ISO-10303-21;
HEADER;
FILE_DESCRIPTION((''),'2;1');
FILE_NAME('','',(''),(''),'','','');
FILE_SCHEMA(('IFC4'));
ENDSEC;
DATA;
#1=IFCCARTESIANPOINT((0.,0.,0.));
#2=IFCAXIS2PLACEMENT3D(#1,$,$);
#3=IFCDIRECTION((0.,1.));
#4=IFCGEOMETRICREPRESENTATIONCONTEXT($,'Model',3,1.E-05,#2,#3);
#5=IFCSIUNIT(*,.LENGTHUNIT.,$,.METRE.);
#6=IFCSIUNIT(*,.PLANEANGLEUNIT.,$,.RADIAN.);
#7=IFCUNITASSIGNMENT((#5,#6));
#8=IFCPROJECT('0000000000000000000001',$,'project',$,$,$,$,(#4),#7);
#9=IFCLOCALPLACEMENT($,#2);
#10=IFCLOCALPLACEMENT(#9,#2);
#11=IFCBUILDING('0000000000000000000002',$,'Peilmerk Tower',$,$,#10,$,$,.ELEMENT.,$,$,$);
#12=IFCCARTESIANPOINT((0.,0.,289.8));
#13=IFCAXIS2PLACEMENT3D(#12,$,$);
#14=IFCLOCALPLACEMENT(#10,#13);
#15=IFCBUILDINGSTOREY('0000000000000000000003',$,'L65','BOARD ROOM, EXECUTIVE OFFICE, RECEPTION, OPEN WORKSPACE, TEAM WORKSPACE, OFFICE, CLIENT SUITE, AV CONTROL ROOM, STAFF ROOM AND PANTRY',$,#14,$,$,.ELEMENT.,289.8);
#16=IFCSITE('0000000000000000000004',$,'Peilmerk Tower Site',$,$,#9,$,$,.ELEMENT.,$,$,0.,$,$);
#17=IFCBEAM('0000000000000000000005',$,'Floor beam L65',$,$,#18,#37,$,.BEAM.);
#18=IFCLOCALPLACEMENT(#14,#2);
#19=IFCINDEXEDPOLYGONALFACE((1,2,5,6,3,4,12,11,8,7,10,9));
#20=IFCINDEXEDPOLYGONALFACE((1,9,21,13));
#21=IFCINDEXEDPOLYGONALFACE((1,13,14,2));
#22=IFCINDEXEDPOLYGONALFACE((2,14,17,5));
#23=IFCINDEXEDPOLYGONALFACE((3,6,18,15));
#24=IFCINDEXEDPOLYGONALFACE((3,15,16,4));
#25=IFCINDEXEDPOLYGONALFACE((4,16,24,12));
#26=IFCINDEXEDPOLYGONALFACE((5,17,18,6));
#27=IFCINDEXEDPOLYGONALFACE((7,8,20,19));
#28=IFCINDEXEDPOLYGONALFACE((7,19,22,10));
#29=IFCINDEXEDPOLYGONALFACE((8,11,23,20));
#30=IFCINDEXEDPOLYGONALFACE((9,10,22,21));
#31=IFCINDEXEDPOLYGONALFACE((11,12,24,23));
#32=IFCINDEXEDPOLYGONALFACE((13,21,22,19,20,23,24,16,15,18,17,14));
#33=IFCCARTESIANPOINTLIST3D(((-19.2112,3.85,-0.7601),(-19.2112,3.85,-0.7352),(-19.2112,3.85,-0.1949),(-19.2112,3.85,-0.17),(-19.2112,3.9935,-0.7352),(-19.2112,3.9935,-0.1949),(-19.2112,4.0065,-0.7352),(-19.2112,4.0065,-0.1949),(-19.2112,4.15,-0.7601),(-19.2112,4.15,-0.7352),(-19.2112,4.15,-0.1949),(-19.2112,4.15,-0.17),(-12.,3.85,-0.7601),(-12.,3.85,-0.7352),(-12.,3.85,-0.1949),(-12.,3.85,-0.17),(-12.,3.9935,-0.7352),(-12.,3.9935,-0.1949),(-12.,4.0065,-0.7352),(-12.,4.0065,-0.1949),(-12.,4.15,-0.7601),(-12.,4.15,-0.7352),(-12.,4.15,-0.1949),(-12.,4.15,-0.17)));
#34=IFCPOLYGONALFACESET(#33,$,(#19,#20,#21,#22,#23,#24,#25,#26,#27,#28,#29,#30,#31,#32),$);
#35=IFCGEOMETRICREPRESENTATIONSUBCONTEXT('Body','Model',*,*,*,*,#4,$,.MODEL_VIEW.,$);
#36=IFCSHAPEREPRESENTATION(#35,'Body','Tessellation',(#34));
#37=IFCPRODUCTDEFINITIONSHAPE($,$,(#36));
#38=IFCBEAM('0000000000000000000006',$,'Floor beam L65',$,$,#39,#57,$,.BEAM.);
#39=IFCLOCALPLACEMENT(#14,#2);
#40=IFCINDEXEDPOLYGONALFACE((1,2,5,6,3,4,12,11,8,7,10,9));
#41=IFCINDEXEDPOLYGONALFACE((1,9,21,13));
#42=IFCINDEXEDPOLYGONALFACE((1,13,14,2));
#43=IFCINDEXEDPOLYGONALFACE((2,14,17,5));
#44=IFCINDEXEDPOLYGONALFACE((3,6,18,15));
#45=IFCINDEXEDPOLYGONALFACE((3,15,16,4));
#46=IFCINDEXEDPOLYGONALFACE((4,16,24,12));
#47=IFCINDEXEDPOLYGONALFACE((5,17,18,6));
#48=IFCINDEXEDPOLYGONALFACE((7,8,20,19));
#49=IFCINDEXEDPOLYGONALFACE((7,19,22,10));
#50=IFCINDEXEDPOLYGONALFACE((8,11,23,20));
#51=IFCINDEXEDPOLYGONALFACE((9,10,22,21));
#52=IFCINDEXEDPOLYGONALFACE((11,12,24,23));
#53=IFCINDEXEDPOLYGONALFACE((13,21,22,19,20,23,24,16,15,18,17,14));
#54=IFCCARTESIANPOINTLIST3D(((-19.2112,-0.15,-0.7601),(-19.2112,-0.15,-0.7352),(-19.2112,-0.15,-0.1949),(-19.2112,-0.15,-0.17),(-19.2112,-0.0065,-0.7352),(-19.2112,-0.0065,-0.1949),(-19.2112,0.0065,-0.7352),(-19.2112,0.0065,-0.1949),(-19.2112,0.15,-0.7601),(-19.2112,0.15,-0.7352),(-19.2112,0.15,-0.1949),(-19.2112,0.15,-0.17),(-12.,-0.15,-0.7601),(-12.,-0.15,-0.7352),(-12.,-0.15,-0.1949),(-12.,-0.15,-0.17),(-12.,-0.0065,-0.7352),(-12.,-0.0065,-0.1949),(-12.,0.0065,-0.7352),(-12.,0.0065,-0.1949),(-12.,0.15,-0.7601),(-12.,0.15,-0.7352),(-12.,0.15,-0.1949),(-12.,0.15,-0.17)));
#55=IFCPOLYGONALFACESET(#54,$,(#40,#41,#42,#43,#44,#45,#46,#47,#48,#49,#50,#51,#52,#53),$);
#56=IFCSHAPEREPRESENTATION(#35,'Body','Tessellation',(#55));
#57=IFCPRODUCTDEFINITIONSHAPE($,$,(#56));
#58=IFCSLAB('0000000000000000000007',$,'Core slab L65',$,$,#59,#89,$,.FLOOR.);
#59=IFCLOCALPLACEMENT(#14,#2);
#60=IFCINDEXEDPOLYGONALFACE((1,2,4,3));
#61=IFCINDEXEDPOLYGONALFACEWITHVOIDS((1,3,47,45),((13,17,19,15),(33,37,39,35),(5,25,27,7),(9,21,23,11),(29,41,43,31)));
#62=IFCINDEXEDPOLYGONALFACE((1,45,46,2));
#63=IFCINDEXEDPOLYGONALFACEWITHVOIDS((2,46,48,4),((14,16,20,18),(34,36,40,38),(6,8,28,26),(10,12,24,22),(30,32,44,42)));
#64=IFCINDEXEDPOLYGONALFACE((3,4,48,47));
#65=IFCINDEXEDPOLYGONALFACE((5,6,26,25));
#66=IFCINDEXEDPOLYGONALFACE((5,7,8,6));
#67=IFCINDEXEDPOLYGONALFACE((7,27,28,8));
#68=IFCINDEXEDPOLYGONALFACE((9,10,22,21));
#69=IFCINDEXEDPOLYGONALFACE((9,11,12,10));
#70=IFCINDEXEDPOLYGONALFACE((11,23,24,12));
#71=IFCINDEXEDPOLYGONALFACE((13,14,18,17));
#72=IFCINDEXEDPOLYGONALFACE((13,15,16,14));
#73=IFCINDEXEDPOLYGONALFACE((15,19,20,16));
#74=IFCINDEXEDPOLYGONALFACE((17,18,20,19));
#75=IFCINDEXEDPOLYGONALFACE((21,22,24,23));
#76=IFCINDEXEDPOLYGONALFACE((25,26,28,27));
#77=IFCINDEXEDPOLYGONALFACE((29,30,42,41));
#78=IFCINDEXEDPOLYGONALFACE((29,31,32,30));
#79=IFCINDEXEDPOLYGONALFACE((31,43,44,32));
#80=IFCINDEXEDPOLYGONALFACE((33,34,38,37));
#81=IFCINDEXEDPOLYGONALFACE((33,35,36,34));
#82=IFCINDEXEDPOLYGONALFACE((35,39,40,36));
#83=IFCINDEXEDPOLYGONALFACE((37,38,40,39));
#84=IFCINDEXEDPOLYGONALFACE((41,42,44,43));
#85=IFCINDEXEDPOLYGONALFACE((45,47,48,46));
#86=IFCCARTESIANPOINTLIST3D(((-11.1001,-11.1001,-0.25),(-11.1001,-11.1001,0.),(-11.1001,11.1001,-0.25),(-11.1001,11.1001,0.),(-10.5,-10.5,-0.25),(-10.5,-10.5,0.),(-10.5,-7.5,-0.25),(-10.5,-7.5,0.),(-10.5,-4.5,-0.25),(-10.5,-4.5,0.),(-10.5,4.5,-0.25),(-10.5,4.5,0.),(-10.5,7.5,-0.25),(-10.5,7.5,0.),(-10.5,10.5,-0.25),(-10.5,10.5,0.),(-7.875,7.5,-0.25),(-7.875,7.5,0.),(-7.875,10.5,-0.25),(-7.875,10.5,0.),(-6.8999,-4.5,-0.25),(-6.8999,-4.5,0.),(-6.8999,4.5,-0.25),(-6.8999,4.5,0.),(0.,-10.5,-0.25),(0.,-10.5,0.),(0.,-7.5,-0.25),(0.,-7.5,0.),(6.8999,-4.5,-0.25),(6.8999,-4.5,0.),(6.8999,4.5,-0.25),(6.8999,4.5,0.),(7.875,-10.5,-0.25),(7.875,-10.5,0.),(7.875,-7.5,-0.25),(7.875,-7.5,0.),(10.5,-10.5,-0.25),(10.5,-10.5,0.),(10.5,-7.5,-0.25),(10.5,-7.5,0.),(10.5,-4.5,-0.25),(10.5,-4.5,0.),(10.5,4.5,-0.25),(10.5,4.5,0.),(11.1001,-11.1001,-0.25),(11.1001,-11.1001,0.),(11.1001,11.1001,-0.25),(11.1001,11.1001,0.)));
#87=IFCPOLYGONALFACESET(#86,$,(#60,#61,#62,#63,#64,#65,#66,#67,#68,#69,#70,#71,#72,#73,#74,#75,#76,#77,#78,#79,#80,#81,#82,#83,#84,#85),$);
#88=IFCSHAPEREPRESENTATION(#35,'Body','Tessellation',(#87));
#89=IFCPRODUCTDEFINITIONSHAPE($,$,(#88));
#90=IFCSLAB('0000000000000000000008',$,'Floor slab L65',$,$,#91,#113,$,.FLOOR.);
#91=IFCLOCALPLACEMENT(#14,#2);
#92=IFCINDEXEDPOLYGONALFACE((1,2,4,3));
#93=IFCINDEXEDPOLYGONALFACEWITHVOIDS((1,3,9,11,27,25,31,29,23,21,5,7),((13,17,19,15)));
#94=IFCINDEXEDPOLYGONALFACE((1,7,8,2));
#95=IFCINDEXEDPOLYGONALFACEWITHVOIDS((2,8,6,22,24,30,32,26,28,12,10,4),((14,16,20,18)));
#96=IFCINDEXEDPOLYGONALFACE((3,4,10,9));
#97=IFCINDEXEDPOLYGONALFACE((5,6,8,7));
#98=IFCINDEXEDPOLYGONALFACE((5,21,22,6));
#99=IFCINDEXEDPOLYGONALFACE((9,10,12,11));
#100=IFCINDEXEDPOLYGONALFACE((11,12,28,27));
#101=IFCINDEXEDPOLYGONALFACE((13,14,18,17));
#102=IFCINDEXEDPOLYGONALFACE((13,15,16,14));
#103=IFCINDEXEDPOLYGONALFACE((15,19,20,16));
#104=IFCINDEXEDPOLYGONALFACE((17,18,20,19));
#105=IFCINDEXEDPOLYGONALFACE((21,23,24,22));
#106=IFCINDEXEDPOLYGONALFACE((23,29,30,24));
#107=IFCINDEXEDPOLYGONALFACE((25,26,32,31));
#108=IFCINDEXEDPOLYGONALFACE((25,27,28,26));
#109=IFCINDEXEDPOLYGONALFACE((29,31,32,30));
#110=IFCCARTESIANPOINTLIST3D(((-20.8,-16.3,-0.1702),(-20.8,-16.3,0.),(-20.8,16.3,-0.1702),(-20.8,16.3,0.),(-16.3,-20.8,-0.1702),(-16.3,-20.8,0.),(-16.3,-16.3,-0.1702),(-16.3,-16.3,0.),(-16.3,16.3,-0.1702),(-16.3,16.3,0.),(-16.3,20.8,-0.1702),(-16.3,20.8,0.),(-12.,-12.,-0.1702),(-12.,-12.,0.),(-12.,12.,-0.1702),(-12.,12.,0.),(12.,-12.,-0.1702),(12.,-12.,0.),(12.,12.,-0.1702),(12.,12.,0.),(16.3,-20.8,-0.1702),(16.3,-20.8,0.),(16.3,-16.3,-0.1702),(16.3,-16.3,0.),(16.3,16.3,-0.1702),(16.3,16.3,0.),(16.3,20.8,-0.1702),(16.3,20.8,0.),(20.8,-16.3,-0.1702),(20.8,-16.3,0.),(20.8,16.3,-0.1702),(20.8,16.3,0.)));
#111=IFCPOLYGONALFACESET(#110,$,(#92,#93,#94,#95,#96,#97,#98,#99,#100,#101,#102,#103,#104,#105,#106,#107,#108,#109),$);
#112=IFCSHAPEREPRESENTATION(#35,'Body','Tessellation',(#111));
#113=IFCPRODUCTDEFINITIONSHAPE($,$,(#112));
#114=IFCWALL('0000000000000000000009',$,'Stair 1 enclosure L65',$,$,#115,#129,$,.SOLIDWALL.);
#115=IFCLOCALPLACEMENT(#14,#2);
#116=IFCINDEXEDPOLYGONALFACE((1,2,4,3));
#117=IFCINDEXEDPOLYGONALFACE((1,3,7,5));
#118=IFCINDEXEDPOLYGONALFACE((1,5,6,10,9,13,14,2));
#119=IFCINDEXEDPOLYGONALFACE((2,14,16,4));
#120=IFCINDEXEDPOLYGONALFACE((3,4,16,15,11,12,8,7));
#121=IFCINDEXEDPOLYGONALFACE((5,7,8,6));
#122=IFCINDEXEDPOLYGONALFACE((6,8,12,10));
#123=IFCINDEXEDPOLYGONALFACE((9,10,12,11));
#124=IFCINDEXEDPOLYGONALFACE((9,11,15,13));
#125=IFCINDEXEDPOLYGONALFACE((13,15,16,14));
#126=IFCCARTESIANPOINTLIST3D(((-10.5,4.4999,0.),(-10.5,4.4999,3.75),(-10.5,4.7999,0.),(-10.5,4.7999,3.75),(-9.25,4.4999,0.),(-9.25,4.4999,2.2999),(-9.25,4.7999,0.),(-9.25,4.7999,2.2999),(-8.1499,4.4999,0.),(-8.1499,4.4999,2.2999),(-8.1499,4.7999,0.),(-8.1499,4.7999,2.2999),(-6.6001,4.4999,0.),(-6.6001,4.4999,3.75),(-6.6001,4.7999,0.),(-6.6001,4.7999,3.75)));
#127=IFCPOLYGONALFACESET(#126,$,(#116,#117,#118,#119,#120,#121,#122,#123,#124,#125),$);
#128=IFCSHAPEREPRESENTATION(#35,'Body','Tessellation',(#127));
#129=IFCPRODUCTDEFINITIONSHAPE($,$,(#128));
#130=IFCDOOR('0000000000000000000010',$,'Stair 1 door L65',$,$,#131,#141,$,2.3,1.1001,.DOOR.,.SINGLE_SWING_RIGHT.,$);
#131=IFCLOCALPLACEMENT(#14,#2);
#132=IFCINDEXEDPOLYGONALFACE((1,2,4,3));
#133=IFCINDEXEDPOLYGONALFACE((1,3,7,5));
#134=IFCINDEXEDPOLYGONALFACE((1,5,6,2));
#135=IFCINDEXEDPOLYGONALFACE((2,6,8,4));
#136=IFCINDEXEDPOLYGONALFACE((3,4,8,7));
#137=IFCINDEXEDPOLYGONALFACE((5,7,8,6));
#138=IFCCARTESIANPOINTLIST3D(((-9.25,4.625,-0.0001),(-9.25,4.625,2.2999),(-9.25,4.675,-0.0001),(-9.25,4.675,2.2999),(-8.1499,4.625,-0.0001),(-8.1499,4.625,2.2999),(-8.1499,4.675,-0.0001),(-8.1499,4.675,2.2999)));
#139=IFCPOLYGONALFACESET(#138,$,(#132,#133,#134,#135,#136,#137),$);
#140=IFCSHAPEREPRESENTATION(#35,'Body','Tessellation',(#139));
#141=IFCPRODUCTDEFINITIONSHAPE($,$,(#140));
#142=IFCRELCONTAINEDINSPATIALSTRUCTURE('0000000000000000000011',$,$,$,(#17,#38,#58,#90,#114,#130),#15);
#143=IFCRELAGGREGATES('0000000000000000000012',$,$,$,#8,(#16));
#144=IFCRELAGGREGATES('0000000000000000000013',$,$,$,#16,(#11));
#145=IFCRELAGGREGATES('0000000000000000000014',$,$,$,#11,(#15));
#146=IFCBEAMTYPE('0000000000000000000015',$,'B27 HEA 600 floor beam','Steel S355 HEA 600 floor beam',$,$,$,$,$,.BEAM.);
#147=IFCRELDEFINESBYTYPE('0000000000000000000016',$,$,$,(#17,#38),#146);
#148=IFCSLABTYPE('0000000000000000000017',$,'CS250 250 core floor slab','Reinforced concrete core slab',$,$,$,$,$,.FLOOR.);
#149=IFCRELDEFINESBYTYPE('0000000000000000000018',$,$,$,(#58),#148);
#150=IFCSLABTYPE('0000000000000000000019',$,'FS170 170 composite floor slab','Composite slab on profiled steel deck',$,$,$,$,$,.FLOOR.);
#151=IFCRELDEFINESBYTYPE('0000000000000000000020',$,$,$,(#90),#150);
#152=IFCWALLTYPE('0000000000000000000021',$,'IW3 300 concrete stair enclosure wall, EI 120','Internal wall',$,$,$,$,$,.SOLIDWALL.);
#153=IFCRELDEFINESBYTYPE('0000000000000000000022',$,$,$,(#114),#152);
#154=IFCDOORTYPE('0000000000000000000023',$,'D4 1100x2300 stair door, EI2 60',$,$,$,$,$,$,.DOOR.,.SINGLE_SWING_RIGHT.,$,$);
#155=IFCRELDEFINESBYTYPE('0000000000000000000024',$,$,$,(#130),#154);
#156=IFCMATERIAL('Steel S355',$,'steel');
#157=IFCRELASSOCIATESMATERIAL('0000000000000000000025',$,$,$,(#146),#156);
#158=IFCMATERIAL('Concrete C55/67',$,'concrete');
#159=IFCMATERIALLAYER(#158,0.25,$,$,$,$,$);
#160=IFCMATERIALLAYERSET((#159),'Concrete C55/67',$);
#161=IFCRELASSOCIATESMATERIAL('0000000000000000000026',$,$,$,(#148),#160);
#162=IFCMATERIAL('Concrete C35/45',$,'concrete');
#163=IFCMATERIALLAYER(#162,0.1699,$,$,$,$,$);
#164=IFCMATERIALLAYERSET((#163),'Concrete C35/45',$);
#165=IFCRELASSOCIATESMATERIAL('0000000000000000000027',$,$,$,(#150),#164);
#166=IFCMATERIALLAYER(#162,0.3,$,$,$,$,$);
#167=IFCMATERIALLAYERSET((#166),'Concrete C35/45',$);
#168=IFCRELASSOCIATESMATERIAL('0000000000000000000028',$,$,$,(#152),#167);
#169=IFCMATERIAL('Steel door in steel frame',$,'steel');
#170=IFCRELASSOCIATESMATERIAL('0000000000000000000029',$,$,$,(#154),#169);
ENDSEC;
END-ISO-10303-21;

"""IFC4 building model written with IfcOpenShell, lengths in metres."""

from ifc_helpers import new_model, si_unit, direction, frame, frame_2d, origin, origin_2d, place, context, subcontext, project, spatial, polyline, rectangle, i_section, outline, extrude, material, layer, layer_set, material_profile, profile_set, type_object, element, fill, save


model = new_model("IFC4")

# Units and contexts
model_context = context("Model", 3, precision=1e-05, world=origin(), true_north=direction((0.0, 1.0)))
body_context = subcontext(model_context, "Body", "Model", "MODEL_VIEW")
ifc_project = project(units=[si_unit("LENGTHUNIT", "METRE"), si_unit("PLANEANGLEUNIT", "RADIAN")], contexts=[model_context])

# Site, building, storey
site_placement = place(None, origin())
site = spatial("IfcSite", under=ifc_project, at=site_placement, Name="Peilmerk Tower Site", CompositionType="ELEMENT", RefElevation=0.0)
building_placement = place(site_placement, origin())
building = spatial("IfcBuilding", under=site, at=building_placement, Name="Peilmerk Tower", CompositionType="ELEMENT")
storey_placement = place(building_placement, frame((0.0, 0.0, 289.8)))
storey = spatial("IfcBuildingStorey", under=building, at=storey_placement, Name="L65", Description="BOARD ROOM, EXECUTIVE OFFICE, RECEPTION, OPEN WORKSPACE, TEAM WORKSPACE, OFFICE, CLIENT SUITE, AV CONTROL ROOM, STAFF ROOM AND PANTRY", CompositionType="ELEMENT", Elevation=289.8)

# Beams
ifc_material_1 = material(Name="Steel S355", Category="steel")
ifc_material_profile = material_profile(ifc_material_1, i_section(OverallWidth=0.3, OverallDepth=0.5901, WebThickness=0.0129, FlangeThickness=0.0249, at=origin_2d()), Name="HEA 600")
ifc_profile_set = profile_set([ifc_material_profile], Name="Steel S355")
beam_type = type_object("IfcBeamType", Name="B27 HEA 600 floor beam", Description="Steel S355 HEA 600 floor beam", PredefinedType="BEAM", material=ifc_profile_set)
for number, where, z_axis, x_axis, name in (
    (1, (-12.0, 4.0, -0.4651), (-1.0, 0.0, 0.0), (0.0, -1.0, 0.0), "Floor beam L65"),
    (2, (-12.0, 0.0, -0.4651), (-1.0, 0.0, 0.0), (0.0, -1.0, 0.0), "Floor beam L65"),
):
    element("IfcBeam", number, at=place(storey_placement, frame(where, z_axis=z_axis, x_axis=x_axis)), inside=storey, type_object=beam_type, Name=name, PredefinedType="BEAM", context=body_context, shape_type="SweptSolid", body=[
        extrude(i_section(OverallWidth=0.3, OverallDepth=0.5901, WebThickness=0.0129, FlangeThickness=0.0249, at=origin_2d()), origin(), (0.0, 0.0, 1.0), 7.2112),
    ])

# Slabs
ifc_material_2 = material(Name="Concrete C55/67", Category="concrete")
ifc_layer_1 = layer(ifc_material_2, 0.25)
ifc_layer_set_1 = layer_set([ifc_layer_1], Name="Concrete C55/67")
slab_type_1 = type_object("IfcSlabType", Name="CS250 250 core floor slab", Description="Reinforced concrete core slab", PredefinedType="FLOOR", material=ifc_layer_set_1)
slab_1_placement = place(storey_placement, frame((0.0, 0.0, -0.25)))
element("IfcSlab", 3, at=slab_1_placement, inside=storey, type_object=slab_type_1, Name="Core slab L65", PredefinedType="FLOOR", context=body_context, shape_type="SweptSolid", body=[
    extrude(outline(polyline([(11.1001, -11.1001), (11.1001, 11.1001), (-11.1001, 11.1001), (-11.1001, -11.1001), (11.1001, -11.1001)]), holes=[polyline([(-7.875, 7.5), (-10.5, 7.5), (-10.5, 10.5), (-7.875, 10.5), (-7.875, 7.5)]), polyline([(0.0, -10.5), (-10.5, -10.5), (-10.5, -7.5), (0.0, -7.5), (0.0, -10.5)]), polyline([(7.875, -10.5), (7.875, -7.5), (10.5, -7.5), (10.5, -10.5), (7.875, -10.5)]), polyline([(-10.5, 4.5), (-6.8999, 4.5), (-6.8999, -4.5), (-10.5, -4.5), (-10.5, 4.5)]), polyline([(10.5, 4.5), (10.5, -4.5), (6.8999, -4.5), (6.8999, 4.5), (10.5, 4.5)])]), origin(), (0.0, 0.0, 1.0), 0.25),
])
ifc_material_3 = material(Name="Concrete C35/45", Category="concrete")
ifc_layer_2 = layer(ifc_material_3, 0.1699)
ifc_layer_set_2 = layer_set([ifc_layer_2], Name="Concrete C35/45")
slab_type_2 = type_object("IfcSlabType", Name="FS170 170 composite floor slab", Description="Composite slab on profiled steel deck", PredefinedType="FLOOR", material=ifc_layer_set_2)
slab_2_placement = place(storey_placement, frame((0.0, 0.0, -0.1702)))
element("IfcSlab", 4, at=slab_2_placement, inside=storey, type_object=slab_type_2, Name="Floor slab L65", PredefinedType="FLOOR", context=body_context, shape_type="SweptSolid", body=[
    extrude(outline(polyline([(-16.3, -20.8), (16.3, -20.8), (16.3, -16.3), (20.8, -16.3), (20.8, 16.3), (16.3, 16.3), (16.3, 20.8), (-16.3, 20.8), (-16.3, 16.3), (-20.8, 16.3), (-20.8, -16.3), (-16.3, -16.3), (-16.3, -20.8)]), holes=[polyline([(12.0, 12.0), (12.0, -12.0), (-12.0, -12.0), (-12.0, 12.0), (12.0, 12.0)])]), origin(), (0.0, 0.0, 1.0), 0.1702),
])

# Wall, opening, door
ifc_layer_3 = layer(ifc_material_3, 0.3)
ifc_layer_set_3 = layer_set([ifc_layer_3], Name="Concrete C35/45")
wall_type_1 = type_object("IfcWallType", Name="IW3 300 concrete stair enclosure wall, EI 120", Description="Internal wall", PredefinedType="SOLIDWALL", material=ifc_layer_set_3)
wall_1_placement = place(storey_placement, frame((-10.5, 4.6499, 0.0), z_axis=(0.0, 0.0, 1.0), x_axis=(1.0, 0.0, 0.0)))
wall_1 = element("IfcWall", 5, at=wall_1_placement, inside=storey, type_object=wall_type_1, Name="Stair 1 enclosure L65", PredefinedType="SOLIDWALL", context=body_context, shape_type="SweptSolid", body=[
    extrude(rectangle(XDim=3.8999, YDim=0.3, at=frame_2d((1.95, 0.0))), origin(), (0.0, 0.0, 1.0), 3.75),
])
opening_1_placement = place(wall_1_placement, frame((1.25, 0.0, 0.0)))
opening_1 = element("IfcOpeningElement", 6, at=opening_1_placement, cuts=wall_1, PredefinedType="OPENING", context=body_context, shape_type="SweptSolid", body=[
    extrude(rectangle(XDim=1.1001, YDim=2.3, at=frame_2d((0.55, 1.1499))), frame((0.0, 0.1599, 0.0), z_axis=(0.0, -1.0, 0.0), x_axis=(1.0, 0.0, 0.0)), (0.0, 0.0, 1.0), 0.3201),
])
ifc_material_4 = material(Name="Steel door in steel frame", Category="steel")
door_type_1 = type_object("IfcDoorType", Name="D4 1100x2300 stair door, EI2 60", OperationType="SINGLE_SWING_RIGHT", PredefinedType="DOOR", material=ifc_material_4)
door_1_placement = place(opening_1_placement, frame((1.1001, 0.0, 0.0), z_axis=(0.0, 0.0, 1.0), x_axis=(-1.0, 0.0, 0.0)))
door_1 = element("IfcDoor", 7, at=door_1_placement, inside=storey, type_object=door_type_1, Name="Stair 1 door L65", OperationType="SINGLE_SWING_RIGHT", OverallHeight=2.3, OverallWidth=1.1001, PredefinedType="DOOR", context=body_context, shape_type="SweptSolid", body=[
    extrude(rectangle(XDim=1.1001, YDim=2.3, at=frame_2d((0.55, 1.1499))), frame((0.0, 0.0249, 0.0), z_axis=(0.0, -1.0, 0.0), x_axis=(1.0, 0.0, 0.0)), (0.0, 0.0, 1.0), 0.05),
])
fill(opening_1, door_1)

save(model, "model.ifc")
